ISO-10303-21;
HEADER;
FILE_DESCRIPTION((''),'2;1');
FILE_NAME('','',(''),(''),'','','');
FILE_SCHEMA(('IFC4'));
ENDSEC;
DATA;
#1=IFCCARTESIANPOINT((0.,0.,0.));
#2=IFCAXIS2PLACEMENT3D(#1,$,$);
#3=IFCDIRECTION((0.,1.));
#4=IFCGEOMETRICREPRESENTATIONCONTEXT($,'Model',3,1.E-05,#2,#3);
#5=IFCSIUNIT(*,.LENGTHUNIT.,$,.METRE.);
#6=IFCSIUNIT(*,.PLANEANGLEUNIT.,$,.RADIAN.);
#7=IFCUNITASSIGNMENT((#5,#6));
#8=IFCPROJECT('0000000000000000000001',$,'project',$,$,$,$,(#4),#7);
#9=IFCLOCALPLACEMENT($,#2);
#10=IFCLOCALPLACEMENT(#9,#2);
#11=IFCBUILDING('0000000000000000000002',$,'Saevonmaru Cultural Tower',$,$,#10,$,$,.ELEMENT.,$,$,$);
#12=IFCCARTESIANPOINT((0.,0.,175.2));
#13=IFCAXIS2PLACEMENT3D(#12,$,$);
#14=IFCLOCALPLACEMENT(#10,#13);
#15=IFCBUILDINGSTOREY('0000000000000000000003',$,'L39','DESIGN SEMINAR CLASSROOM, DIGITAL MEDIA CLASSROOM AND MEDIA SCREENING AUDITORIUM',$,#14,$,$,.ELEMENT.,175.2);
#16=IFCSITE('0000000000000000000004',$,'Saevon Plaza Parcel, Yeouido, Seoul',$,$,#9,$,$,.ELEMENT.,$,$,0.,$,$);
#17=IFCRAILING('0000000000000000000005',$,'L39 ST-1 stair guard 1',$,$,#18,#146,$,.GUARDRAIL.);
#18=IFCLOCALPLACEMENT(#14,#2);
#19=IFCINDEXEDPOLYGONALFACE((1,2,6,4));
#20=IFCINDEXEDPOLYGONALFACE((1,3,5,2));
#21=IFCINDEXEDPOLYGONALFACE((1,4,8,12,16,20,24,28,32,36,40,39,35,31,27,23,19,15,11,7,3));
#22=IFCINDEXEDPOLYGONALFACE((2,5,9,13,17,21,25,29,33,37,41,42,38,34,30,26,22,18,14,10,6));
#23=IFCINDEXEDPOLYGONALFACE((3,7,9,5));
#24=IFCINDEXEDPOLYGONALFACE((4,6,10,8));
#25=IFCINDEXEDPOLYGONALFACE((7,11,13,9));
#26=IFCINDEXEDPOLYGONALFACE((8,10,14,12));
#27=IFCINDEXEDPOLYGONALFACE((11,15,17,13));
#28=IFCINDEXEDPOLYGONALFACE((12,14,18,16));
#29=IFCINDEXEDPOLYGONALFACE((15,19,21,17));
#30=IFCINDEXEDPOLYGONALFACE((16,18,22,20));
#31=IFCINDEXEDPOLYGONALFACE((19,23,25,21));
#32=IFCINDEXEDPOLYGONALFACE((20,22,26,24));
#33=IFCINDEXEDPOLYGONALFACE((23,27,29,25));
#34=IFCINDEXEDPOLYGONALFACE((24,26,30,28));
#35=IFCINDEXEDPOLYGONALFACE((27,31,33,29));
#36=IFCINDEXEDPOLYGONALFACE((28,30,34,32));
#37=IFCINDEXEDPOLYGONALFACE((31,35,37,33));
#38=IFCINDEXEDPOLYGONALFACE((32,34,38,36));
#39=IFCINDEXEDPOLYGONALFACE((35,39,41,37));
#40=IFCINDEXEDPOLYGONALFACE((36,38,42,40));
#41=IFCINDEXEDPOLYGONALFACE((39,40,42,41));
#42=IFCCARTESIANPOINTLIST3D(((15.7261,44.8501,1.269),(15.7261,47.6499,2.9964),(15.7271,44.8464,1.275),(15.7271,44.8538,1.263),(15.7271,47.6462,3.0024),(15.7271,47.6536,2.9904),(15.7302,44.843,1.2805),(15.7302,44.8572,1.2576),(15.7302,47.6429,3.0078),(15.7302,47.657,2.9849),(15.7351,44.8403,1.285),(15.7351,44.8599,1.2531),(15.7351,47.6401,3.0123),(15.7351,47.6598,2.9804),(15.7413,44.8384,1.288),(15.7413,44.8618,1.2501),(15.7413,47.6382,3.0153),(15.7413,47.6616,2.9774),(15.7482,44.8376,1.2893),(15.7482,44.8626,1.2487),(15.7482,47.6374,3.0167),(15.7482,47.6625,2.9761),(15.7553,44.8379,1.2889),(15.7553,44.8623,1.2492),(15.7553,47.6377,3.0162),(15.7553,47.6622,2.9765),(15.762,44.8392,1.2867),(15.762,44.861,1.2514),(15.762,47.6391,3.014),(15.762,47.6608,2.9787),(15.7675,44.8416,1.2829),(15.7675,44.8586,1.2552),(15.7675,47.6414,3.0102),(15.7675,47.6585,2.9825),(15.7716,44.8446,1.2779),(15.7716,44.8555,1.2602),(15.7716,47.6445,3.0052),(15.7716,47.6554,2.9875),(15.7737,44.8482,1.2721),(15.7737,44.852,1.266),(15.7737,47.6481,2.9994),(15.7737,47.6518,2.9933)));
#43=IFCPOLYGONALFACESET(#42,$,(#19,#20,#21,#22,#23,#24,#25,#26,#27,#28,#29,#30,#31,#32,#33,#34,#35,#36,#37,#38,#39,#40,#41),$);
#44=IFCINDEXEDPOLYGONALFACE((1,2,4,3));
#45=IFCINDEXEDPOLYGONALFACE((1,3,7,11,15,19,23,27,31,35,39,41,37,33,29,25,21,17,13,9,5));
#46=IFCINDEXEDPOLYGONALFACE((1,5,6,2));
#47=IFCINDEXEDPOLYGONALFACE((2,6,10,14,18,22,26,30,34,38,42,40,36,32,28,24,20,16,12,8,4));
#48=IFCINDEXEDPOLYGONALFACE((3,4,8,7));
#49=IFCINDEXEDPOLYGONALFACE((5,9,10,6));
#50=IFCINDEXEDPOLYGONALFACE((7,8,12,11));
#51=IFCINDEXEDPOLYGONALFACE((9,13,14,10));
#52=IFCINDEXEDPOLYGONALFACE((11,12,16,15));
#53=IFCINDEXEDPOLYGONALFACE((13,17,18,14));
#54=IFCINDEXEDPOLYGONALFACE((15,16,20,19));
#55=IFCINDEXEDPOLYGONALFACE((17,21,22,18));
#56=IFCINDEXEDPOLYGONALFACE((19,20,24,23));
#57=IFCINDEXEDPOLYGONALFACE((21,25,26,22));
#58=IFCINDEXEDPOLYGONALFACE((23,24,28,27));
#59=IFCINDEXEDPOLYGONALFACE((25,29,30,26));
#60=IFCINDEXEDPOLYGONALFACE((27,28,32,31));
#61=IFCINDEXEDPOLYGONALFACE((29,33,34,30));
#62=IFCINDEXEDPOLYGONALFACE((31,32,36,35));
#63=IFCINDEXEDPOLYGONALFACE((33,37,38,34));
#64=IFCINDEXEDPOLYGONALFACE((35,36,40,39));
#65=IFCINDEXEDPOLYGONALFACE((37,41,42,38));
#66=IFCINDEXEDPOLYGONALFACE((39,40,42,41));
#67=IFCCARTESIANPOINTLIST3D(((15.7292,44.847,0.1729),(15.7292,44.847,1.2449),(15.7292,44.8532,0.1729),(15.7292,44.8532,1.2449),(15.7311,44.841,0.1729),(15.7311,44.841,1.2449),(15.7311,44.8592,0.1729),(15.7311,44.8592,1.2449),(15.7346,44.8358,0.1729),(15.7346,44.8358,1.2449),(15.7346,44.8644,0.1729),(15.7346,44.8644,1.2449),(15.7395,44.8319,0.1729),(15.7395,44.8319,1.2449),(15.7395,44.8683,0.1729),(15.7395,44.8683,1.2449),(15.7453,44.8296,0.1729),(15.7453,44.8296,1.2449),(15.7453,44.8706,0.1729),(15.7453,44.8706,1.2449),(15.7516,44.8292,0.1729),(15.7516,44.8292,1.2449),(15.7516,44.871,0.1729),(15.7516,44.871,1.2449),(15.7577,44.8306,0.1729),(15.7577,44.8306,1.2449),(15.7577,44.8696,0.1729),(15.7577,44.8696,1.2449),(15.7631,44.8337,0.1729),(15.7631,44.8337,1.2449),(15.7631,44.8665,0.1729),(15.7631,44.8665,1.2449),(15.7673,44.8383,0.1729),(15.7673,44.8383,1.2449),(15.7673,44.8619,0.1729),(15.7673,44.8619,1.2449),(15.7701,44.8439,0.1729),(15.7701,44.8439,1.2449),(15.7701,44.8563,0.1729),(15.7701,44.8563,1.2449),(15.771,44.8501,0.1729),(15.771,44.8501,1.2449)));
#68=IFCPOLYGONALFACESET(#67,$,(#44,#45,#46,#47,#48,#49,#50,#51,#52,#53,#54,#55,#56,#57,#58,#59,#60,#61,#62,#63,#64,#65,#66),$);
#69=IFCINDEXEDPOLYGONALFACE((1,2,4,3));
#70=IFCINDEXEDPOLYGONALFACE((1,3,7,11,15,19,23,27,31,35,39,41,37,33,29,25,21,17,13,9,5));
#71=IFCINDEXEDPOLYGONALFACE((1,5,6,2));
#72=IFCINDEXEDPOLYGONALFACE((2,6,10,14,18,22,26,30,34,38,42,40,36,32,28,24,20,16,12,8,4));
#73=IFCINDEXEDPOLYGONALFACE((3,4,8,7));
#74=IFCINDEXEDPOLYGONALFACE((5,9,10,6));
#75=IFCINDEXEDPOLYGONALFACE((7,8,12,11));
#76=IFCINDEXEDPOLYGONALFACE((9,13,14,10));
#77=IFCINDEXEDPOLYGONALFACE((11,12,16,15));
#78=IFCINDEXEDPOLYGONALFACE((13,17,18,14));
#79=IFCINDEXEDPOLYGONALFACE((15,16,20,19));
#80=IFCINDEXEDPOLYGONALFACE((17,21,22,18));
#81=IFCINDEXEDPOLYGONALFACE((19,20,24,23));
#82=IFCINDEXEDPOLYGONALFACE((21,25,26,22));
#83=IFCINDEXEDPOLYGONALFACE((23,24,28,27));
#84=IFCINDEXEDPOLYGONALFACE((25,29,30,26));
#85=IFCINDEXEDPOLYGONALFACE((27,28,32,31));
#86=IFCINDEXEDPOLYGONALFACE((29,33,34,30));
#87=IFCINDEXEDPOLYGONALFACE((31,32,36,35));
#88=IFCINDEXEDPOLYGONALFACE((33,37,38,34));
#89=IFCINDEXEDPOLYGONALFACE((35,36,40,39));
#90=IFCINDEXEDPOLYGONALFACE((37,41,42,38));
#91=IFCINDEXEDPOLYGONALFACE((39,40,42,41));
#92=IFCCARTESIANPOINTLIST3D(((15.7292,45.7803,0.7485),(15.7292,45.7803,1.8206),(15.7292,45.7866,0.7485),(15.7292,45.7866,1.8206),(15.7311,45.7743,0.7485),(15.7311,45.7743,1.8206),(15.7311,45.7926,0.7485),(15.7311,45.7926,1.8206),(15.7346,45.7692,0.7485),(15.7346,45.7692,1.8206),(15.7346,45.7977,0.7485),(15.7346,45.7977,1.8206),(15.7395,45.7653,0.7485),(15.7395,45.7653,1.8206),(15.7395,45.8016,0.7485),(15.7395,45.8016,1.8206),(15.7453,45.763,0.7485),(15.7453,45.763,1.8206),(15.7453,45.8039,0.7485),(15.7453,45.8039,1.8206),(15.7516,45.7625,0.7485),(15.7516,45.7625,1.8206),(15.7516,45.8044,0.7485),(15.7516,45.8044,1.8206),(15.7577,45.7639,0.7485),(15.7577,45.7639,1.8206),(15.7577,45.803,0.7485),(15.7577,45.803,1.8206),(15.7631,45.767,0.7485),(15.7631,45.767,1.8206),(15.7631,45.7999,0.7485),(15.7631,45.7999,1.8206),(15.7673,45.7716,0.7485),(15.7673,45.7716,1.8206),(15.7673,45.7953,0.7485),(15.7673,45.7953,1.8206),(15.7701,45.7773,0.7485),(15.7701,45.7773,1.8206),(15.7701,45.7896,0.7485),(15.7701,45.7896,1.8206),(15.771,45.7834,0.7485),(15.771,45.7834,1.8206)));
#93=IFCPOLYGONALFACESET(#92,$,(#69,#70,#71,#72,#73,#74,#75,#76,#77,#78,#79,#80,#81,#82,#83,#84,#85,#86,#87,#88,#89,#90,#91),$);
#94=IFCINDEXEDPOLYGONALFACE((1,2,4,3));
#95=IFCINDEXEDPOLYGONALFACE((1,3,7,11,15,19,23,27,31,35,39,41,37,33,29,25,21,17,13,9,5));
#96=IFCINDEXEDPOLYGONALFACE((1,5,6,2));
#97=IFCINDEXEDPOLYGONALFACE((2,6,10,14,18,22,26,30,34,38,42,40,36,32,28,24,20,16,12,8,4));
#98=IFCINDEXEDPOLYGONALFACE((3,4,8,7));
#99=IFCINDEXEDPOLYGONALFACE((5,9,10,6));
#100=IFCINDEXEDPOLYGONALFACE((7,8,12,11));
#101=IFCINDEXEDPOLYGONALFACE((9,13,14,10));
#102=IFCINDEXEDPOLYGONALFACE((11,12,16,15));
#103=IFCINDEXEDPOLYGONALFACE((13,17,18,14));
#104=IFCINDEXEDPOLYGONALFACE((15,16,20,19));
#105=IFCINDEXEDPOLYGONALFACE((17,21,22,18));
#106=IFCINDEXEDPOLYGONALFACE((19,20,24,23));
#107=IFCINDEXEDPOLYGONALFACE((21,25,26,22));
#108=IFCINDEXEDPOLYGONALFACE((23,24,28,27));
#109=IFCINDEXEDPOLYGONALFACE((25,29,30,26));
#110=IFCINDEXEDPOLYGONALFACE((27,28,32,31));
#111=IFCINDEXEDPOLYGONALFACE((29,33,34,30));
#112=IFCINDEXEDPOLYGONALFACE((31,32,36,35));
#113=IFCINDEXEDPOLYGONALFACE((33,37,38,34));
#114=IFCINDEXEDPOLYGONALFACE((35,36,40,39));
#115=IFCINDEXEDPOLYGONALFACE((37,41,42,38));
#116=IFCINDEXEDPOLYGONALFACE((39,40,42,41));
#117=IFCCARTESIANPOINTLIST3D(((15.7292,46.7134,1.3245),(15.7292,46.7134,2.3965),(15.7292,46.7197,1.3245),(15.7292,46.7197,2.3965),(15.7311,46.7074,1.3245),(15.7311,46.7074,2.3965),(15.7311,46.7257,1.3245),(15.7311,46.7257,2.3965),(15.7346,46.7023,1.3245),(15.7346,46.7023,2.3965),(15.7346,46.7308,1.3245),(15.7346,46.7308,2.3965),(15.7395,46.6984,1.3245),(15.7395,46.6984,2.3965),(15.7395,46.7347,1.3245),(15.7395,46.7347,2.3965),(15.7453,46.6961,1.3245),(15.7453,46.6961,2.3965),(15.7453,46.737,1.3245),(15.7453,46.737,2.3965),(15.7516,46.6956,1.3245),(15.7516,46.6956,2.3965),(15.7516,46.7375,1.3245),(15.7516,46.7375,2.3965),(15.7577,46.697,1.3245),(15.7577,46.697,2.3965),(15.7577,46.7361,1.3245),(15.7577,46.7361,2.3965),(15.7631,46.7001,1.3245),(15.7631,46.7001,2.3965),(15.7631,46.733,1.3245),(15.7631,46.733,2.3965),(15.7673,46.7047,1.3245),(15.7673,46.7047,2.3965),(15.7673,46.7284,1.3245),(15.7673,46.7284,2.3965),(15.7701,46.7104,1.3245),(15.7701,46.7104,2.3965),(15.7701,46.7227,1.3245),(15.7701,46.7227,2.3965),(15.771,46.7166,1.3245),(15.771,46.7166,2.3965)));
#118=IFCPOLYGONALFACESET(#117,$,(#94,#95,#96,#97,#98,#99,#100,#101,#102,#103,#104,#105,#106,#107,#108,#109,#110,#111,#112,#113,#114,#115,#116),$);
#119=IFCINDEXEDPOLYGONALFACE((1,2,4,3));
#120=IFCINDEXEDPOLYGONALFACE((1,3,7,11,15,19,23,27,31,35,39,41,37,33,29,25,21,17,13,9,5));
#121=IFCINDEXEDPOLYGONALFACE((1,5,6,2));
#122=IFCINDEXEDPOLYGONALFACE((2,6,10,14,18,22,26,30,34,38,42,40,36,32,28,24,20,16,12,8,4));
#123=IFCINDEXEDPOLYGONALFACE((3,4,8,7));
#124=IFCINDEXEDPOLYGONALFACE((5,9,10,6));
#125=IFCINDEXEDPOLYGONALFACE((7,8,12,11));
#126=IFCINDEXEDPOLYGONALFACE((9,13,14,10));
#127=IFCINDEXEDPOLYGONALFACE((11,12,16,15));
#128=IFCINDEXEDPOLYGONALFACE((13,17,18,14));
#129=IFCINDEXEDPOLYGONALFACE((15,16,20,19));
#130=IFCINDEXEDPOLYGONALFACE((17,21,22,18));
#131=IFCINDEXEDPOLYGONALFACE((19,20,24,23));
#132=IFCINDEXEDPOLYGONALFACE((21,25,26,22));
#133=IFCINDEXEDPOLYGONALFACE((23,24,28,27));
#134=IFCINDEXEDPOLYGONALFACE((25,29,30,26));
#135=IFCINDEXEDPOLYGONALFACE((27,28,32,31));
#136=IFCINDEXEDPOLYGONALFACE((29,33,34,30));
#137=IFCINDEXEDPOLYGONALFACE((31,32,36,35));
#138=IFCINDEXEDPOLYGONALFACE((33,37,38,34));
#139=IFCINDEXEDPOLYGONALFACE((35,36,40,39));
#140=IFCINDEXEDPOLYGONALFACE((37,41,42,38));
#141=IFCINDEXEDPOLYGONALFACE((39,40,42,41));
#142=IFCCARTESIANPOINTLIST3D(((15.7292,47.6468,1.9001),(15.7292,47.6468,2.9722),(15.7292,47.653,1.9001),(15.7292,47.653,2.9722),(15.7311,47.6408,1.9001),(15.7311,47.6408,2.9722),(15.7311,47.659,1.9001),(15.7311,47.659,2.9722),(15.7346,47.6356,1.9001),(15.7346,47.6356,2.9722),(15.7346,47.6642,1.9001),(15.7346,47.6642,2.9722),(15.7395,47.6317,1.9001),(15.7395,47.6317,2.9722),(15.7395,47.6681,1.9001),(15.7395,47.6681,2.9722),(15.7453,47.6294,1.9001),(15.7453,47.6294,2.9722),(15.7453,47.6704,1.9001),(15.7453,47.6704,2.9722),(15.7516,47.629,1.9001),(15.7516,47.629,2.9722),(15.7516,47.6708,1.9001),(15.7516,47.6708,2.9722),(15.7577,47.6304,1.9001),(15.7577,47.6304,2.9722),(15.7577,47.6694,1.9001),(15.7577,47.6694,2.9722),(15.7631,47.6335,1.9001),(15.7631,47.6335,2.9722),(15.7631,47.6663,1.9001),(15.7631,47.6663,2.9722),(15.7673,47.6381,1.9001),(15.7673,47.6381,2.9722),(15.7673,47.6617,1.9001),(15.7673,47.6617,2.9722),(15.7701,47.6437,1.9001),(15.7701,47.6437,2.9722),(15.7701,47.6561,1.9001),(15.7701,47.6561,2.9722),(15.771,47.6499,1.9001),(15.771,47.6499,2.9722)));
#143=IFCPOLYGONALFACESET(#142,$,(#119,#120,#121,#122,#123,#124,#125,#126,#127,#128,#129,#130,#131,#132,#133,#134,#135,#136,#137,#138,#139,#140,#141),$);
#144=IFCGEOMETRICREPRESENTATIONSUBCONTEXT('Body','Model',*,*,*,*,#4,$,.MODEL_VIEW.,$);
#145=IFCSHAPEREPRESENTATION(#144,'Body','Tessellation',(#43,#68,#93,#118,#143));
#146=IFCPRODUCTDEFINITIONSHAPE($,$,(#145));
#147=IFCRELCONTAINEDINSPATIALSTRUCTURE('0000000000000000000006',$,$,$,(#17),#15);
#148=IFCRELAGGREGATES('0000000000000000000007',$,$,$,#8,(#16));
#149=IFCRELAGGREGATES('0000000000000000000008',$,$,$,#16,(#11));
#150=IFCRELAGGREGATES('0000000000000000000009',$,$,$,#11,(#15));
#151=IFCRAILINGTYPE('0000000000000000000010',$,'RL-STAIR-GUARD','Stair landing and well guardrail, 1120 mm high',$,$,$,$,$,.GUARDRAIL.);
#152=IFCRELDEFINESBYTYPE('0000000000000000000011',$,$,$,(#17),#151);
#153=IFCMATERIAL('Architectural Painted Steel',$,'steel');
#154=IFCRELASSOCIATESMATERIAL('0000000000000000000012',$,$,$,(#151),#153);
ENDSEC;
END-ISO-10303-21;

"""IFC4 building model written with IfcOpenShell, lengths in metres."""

from ifc_helpers import new_model, si_unit, direction, frame, origin, origin_2d, place, context, subcontext, project, spatial, circle, extrude, material, type_object, element, save


model = new_model("IFC4")

# Units and contexts
model_context = context("Model", 3, precision=1e-05, world=origin(), true_north=direction((0.0, 1.0)))
body_context = subcontext(model_context, "Body", "Model", "MODEL_VIEW")
ifc_project = project(units=[si_unit("LENGTHUNIT", "METRE"), si_unit("PLANEANGLEUNIT", "RADIAN")], contexts=[model_context])

# Site, building, storey
site_placement = place(None, origin())
site = spatial("IfcSite", under=ifc_project, at=site_placement, Name="Saevon Plaza Parcel, Yeouido, Seoul", CompositionType="ELEMENT", RefElevation=0.0)
building_placement = place(site_placement, origin())
building = spatial("IfcBuilding", under=site, at=building_placement, Name="Saevonmaru Cultural Tower", CompositionType="ELEMENT")
storey_placement = place(building_placement, frame((0.0, 0.0, 175.2)))
storey = spatial("IfcBuildingStorey", under=building, at=storey_placement, Name="L39", Description="DESIGN SEMINAR CLASSROOM, DIGITAL MEDIA CLASSROOM AND MEDIA SCREENING AUDITORIUM", CompositionType="ELEMENT", Elevation=175.2)

# Railing
ifc_material_1 = material(Name="Architectural Painted Steel", Category="steel")
railing_type_1 = type_object("IfcRailingType", Name="RL-STAIR-GUARD", Description="Stair landing and well guardrail, 1120 mm high", PredefinedType="GUARDRAIL", material=ifc_material_1)
railing_1_placement = place(storey_placement, frame((15.75, 44.8501, 0.1729)))
element("IfcRailing", 1, at=railing_1_placement, inside=storey, type_object=railing_type_1, Name="L39 ST-1 stair guard 1", PredefinedType="GUARDRAIL", context=body_context, shape_type="SweptSolid", body=[
    extrude(circle(Radius=0.0239, at=origin_2d()), frame((0.0, 0.0, 1.0962), z_axis=(0.0, 0.851069, 0.525054), x_axis=(-1.0, 0.0, 0.0)), (0.0, 0.0, 1.0), 3.2898),
    extrude(circle(Radius=0.021, at=origin_2d()), origin(), (0.0, 0.0, 1.0), 1.072),
    extrude(circle(Radius=0.021, at=origin_2d()), frame((0.0, 0.9333, 0.5757)), (0.0, 0.0, 1.0), 1.072),
    extrude(circle(Radius=0.021, at=origin_2d()), frame((0.0, 1.8665, 1.1516)), (0.0, 0.0, 1.0), 1.072),
    extrude(circle(Radius=0.021, at=origin_2d()), frame((0.0, 2.7998, 1.7273)), (0.0, 0.0, 1.0), 1.072),
])

save(model, "model.ifc")
